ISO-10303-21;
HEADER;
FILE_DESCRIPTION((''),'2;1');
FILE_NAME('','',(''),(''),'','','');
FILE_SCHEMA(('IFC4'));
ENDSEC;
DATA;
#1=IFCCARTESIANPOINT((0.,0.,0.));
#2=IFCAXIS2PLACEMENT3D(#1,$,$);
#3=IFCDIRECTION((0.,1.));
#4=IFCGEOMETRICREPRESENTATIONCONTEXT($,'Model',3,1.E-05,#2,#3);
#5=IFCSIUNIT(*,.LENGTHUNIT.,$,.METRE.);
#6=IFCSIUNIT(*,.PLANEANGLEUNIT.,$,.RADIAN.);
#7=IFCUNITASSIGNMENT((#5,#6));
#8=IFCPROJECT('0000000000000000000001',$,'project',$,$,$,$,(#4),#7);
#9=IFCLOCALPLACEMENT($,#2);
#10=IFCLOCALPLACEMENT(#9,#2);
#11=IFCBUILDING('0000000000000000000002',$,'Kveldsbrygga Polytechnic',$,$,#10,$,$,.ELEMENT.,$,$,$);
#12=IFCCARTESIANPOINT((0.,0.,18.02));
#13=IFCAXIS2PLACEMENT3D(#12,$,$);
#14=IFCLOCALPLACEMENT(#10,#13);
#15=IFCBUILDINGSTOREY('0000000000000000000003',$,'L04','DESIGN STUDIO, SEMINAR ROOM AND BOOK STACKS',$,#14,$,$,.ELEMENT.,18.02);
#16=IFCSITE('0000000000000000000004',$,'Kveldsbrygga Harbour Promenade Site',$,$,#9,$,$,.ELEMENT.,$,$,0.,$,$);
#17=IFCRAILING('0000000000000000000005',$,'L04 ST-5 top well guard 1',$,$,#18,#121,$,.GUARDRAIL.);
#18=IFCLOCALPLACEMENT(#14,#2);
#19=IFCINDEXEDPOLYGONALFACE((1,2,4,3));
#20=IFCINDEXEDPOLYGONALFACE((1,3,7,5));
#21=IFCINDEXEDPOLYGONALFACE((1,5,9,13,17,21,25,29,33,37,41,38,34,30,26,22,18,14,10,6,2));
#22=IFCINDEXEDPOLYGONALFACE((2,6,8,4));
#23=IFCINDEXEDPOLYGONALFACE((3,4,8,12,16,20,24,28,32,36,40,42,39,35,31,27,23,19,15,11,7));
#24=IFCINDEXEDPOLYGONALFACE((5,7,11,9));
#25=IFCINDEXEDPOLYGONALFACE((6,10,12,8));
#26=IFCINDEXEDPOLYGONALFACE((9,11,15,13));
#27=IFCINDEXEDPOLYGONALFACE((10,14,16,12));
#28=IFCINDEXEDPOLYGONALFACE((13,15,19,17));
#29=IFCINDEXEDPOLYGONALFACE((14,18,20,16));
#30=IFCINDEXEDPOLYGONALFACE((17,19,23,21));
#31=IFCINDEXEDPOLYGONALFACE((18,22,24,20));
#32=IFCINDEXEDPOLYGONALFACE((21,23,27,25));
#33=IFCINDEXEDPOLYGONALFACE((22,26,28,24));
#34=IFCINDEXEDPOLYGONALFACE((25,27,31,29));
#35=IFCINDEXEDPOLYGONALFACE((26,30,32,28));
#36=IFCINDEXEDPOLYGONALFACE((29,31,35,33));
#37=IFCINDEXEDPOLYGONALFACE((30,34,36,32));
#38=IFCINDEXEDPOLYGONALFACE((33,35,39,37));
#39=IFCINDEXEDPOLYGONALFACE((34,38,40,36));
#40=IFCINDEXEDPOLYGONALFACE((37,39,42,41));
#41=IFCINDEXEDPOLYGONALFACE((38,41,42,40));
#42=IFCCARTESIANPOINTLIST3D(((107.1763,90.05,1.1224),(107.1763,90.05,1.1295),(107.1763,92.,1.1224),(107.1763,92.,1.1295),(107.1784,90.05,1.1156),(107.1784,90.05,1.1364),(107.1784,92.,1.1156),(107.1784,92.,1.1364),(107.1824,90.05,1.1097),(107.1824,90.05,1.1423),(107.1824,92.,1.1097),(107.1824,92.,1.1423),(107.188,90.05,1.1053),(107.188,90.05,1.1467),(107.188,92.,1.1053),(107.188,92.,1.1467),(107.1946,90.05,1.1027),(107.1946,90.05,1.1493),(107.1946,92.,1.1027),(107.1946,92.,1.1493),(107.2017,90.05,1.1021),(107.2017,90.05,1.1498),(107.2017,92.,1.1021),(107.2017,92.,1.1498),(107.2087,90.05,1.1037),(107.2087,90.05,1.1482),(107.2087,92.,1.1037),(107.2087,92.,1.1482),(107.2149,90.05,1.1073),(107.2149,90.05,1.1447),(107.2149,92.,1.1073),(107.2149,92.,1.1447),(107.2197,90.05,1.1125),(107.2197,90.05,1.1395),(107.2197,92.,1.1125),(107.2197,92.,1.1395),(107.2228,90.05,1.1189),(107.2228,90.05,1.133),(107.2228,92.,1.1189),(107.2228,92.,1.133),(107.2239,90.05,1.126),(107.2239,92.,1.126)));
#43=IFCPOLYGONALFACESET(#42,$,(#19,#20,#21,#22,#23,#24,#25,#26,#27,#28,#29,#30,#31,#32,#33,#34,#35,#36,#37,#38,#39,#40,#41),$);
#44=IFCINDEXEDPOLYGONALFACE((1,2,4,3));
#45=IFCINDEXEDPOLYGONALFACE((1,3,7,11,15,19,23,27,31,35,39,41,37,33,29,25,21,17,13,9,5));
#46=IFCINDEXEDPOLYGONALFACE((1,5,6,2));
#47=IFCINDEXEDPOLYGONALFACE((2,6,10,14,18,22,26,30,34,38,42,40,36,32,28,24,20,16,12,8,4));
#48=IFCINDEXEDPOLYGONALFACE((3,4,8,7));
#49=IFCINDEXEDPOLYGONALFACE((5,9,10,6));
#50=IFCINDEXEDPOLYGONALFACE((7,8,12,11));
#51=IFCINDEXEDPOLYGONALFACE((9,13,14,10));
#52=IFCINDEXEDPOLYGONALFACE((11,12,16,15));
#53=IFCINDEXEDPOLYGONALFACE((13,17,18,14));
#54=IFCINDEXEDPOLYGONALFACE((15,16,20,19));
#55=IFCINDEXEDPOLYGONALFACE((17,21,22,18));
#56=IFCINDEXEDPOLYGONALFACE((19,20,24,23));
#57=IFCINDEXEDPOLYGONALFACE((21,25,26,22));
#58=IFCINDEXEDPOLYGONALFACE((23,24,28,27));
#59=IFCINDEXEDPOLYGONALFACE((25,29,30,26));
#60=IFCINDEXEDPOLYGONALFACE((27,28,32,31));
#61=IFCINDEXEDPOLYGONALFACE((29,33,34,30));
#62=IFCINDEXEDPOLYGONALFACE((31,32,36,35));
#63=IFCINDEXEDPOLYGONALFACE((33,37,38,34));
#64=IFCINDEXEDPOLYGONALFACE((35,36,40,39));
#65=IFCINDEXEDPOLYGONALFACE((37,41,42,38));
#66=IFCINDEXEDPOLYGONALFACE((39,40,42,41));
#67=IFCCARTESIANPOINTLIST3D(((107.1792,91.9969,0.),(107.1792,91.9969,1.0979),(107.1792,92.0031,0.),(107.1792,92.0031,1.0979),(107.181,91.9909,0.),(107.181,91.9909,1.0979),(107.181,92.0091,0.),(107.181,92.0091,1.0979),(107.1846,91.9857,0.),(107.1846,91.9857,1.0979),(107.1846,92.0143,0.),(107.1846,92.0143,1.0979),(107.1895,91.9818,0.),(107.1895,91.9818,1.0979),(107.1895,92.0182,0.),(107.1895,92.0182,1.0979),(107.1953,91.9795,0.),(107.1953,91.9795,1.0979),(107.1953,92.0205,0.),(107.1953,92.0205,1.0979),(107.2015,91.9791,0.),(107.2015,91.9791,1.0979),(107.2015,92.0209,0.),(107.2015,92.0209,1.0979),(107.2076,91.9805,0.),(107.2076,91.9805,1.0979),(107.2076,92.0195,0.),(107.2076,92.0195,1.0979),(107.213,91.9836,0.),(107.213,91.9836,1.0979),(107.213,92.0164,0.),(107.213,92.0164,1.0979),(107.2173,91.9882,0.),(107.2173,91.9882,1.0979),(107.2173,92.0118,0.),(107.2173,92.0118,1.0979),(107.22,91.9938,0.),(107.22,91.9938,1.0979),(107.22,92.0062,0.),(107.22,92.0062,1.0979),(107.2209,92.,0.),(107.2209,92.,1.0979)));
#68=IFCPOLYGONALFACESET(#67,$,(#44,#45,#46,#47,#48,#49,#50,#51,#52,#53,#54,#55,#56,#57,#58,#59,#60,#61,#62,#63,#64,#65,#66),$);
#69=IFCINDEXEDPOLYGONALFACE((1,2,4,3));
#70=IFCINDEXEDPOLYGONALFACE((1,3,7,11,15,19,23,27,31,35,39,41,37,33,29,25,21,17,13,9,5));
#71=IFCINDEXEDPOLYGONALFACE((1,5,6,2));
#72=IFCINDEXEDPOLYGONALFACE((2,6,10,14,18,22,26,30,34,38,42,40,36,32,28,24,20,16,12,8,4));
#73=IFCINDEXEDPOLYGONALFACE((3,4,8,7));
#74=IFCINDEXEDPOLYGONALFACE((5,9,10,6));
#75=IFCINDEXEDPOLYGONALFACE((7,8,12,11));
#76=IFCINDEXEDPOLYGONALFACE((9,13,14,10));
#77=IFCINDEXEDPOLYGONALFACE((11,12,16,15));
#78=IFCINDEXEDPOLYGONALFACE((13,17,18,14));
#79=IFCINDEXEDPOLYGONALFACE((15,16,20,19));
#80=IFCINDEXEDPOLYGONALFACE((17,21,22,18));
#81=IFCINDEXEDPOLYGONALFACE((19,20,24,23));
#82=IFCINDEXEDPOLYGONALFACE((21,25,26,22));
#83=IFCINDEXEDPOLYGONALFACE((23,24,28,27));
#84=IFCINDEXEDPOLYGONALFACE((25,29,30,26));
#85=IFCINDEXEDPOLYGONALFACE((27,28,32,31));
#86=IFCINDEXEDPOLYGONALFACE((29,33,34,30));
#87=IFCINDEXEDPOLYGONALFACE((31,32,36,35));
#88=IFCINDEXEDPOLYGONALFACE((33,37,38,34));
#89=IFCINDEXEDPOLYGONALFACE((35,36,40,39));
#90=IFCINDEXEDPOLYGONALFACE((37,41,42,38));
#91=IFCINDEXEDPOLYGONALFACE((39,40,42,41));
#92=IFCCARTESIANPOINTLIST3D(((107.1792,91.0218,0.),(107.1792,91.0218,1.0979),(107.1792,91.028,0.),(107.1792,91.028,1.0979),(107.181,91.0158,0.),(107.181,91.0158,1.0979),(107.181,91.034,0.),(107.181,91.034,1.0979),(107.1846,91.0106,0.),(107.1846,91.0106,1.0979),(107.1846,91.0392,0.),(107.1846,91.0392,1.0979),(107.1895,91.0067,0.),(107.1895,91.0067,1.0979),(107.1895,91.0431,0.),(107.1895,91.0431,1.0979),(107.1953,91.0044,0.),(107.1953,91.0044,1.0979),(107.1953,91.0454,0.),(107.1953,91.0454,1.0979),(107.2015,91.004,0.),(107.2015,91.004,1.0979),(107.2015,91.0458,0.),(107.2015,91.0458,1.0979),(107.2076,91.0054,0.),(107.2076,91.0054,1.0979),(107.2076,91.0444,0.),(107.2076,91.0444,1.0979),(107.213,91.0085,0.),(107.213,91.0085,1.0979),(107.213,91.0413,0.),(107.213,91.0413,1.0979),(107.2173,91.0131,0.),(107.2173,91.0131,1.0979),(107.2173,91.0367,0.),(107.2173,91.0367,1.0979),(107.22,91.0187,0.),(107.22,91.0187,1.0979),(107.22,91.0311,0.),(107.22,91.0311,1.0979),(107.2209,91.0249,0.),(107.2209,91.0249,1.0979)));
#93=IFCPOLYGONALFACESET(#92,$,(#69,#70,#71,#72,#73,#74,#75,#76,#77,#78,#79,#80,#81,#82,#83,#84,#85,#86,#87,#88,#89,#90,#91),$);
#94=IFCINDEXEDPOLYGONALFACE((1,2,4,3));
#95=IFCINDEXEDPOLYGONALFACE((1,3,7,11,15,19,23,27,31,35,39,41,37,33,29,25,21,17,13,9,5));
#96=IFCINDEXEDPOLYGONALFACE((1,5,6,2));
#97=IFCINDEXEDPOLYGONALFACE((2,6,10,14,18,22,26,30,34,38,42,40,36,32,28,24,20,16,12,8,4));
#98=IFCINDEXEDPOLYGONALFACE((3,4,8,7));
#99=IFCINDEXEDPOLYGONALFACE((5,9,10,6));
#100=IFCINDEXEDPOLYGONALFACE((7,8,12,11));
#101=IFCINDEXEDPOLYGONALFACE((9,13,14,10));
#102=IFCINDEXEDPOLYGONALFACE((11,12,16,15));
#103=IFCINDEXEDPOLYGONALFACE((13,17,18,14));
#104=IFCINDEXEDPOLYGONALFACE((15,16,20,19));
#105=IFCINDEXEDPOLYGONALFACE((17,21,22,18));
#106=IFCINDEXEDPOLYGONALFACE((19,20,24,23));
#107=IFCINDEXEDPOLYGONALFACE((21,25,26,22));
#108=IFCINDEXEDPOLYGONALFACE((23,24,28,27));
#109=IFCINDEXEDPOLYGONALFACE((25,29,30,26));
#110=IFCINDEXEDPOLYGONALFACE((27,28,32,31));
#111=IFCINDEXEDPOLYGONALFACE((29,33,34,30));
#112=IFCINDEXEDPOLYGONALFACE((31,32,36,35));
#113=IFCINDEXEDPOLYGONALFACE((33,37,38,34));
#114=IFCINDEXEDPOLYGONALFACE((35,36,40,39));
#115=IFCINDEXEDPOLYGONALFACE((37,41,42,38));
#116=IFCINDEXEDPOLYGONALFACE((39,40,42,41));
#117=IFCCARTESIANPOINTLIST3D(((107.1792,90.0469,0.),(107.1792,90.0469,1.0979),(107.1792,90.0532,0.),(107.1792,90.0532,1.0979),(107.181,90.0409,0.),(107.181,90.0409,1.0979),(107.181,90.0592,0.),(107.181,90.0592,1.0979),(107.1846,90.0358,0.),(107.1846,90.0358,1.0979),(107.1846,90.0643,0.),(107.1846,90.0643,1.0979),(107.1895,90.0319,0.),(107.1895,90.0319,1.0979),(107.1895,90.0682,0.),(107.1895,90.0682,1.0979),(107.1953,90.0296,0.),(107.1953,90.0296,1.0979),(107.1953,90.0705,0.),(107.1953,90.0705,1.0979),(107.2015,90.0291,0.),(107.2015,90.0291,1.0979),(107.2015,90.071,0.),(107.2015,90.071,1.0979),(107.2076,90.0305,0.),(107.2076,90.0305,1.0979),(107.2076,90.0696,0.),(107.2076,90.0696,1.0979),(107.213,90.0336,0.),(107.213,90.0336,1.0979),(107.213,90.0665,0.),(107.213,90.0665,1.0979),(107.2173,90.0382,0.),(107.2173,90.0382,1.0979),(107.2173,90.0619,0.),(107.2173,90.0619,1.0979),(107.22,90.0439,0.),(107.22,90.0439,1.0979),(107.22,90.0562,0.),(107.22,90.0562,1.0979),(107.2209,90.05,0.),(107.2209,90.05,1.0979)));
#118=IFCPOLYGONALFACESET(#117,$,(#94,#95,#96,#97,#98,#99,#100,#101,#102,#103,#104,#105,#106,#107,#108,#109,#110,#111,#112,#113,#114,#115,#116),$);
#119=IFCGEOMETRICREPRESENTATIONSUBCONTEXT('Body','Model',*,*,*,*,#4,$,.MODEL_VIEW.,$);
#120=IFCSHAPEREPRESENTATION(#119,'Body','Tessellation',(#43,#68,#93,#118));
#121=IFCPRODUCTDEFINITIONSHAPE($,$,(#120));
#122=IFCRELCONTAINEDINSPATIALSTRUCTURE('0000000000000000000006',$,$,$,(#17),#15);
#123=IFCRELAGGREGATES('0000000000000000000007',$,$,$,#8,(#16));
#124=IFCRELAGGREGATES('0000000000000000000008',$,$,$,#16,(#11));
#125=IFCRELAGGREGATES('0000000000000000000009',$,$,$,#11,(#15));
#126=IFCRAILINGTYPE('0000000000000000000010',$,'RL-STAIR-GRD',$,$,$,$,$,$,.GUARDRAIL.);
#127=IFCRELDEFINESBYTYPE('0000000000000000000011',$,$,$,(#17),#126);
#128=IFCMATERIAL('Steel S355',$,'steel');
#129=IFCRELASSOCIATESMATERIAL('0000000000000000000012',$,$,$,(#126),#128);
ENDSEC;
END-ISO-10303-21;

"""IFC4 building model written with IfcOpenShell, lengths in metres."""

from ifc_helpers import new_model, si_unit, direction, frame, origin, origin_2d, place, context, subcontext, project, spatial, circle, extrude, material, type_object, element, save


model = new_model("IFC4")

# Units and contexts
model_context = context("Model", 3, precision=1e-05, world=origin(), true_north=direction((0.0, 1.0)))
body_context = subcontext(model_context, "Body", "Model", "MODEL_VIEW")
ifc_project = project(units=[si_unit("LENGTHUNIT", "METRE"), si_unit("PLANEANGLEUNIT", "RADIAN")], contexts=[model_context])

# Site, building, storey
site_placement = place(None, origin())
site = spatial("IfcSite", under=ifc_project, at=site_placement, Name="Kveldsbrygga Harbour Promenade Site", CompositionType="ELEMENT", RefElevation=0.0)
building_placement = place(site_placement, origin())
building = spatial("IfcBuilding", under=site, at=building_placement, Name="Kveldsbrygga Polytechnic", CompositionType="ELEMENT")
storey_placement = place(building_placement, frame((0.0, 0.0, 18.02)))
storey = spatial("IfcBuildingStorey", under=building, at=storey_placement, Name="L04", Description="DESIGN STUDIO, SEMINAR ROOM AND BOOK STACKS", CompositionType="ELEMENT", Elevation=18.02)

# Shared definitions
ifc_material_1 = material(Name="Steel S355", Category="steel")

# Railing
railing_type = type_object("IfcRailingType", Name="RL-STAIR-GRD", PredefinedType="GUARDRAIL", material=ifc_material_1)
railing_placement = place(storey_placement, frame((107.2, 92.0, 0.0)))
element("IfcRailing", 1, at=railing_placement, inside=storey, type_object=railing_type, Name="L04 ST-5 top well guard 1", PredefinedType="GUARDRAIL", context=body_context, shape_type="SweptSolid", body=[
    extrude(circle(Radius=0.0239, at=origin_2d()), frame((0.0, 0.0, 1.126), z_axis=(0.0, -1.0, 0.0), x_axis=(1.0, 0.0, 0.0)), (0.0, 0.0, 1.0), 1.95),
    extrude(circle(Radius=0.021, at=origin_2d()), origin(), (0.0, 0.0, 1.0), 1.0979),
    extrude(circle(Radius=0.021, at=origin_2d()), frame((0.0, -0.9751, 0.0)), (0.0, 0.0, 1.0), 1.0979),
    extrude(circle(Radius=0.021, at=origin_2d()), frame((0.0, -1.95, 0.0)), (0.0, 0.0, 1.0), 1.0979),
])

save(model, "model.ifc")
